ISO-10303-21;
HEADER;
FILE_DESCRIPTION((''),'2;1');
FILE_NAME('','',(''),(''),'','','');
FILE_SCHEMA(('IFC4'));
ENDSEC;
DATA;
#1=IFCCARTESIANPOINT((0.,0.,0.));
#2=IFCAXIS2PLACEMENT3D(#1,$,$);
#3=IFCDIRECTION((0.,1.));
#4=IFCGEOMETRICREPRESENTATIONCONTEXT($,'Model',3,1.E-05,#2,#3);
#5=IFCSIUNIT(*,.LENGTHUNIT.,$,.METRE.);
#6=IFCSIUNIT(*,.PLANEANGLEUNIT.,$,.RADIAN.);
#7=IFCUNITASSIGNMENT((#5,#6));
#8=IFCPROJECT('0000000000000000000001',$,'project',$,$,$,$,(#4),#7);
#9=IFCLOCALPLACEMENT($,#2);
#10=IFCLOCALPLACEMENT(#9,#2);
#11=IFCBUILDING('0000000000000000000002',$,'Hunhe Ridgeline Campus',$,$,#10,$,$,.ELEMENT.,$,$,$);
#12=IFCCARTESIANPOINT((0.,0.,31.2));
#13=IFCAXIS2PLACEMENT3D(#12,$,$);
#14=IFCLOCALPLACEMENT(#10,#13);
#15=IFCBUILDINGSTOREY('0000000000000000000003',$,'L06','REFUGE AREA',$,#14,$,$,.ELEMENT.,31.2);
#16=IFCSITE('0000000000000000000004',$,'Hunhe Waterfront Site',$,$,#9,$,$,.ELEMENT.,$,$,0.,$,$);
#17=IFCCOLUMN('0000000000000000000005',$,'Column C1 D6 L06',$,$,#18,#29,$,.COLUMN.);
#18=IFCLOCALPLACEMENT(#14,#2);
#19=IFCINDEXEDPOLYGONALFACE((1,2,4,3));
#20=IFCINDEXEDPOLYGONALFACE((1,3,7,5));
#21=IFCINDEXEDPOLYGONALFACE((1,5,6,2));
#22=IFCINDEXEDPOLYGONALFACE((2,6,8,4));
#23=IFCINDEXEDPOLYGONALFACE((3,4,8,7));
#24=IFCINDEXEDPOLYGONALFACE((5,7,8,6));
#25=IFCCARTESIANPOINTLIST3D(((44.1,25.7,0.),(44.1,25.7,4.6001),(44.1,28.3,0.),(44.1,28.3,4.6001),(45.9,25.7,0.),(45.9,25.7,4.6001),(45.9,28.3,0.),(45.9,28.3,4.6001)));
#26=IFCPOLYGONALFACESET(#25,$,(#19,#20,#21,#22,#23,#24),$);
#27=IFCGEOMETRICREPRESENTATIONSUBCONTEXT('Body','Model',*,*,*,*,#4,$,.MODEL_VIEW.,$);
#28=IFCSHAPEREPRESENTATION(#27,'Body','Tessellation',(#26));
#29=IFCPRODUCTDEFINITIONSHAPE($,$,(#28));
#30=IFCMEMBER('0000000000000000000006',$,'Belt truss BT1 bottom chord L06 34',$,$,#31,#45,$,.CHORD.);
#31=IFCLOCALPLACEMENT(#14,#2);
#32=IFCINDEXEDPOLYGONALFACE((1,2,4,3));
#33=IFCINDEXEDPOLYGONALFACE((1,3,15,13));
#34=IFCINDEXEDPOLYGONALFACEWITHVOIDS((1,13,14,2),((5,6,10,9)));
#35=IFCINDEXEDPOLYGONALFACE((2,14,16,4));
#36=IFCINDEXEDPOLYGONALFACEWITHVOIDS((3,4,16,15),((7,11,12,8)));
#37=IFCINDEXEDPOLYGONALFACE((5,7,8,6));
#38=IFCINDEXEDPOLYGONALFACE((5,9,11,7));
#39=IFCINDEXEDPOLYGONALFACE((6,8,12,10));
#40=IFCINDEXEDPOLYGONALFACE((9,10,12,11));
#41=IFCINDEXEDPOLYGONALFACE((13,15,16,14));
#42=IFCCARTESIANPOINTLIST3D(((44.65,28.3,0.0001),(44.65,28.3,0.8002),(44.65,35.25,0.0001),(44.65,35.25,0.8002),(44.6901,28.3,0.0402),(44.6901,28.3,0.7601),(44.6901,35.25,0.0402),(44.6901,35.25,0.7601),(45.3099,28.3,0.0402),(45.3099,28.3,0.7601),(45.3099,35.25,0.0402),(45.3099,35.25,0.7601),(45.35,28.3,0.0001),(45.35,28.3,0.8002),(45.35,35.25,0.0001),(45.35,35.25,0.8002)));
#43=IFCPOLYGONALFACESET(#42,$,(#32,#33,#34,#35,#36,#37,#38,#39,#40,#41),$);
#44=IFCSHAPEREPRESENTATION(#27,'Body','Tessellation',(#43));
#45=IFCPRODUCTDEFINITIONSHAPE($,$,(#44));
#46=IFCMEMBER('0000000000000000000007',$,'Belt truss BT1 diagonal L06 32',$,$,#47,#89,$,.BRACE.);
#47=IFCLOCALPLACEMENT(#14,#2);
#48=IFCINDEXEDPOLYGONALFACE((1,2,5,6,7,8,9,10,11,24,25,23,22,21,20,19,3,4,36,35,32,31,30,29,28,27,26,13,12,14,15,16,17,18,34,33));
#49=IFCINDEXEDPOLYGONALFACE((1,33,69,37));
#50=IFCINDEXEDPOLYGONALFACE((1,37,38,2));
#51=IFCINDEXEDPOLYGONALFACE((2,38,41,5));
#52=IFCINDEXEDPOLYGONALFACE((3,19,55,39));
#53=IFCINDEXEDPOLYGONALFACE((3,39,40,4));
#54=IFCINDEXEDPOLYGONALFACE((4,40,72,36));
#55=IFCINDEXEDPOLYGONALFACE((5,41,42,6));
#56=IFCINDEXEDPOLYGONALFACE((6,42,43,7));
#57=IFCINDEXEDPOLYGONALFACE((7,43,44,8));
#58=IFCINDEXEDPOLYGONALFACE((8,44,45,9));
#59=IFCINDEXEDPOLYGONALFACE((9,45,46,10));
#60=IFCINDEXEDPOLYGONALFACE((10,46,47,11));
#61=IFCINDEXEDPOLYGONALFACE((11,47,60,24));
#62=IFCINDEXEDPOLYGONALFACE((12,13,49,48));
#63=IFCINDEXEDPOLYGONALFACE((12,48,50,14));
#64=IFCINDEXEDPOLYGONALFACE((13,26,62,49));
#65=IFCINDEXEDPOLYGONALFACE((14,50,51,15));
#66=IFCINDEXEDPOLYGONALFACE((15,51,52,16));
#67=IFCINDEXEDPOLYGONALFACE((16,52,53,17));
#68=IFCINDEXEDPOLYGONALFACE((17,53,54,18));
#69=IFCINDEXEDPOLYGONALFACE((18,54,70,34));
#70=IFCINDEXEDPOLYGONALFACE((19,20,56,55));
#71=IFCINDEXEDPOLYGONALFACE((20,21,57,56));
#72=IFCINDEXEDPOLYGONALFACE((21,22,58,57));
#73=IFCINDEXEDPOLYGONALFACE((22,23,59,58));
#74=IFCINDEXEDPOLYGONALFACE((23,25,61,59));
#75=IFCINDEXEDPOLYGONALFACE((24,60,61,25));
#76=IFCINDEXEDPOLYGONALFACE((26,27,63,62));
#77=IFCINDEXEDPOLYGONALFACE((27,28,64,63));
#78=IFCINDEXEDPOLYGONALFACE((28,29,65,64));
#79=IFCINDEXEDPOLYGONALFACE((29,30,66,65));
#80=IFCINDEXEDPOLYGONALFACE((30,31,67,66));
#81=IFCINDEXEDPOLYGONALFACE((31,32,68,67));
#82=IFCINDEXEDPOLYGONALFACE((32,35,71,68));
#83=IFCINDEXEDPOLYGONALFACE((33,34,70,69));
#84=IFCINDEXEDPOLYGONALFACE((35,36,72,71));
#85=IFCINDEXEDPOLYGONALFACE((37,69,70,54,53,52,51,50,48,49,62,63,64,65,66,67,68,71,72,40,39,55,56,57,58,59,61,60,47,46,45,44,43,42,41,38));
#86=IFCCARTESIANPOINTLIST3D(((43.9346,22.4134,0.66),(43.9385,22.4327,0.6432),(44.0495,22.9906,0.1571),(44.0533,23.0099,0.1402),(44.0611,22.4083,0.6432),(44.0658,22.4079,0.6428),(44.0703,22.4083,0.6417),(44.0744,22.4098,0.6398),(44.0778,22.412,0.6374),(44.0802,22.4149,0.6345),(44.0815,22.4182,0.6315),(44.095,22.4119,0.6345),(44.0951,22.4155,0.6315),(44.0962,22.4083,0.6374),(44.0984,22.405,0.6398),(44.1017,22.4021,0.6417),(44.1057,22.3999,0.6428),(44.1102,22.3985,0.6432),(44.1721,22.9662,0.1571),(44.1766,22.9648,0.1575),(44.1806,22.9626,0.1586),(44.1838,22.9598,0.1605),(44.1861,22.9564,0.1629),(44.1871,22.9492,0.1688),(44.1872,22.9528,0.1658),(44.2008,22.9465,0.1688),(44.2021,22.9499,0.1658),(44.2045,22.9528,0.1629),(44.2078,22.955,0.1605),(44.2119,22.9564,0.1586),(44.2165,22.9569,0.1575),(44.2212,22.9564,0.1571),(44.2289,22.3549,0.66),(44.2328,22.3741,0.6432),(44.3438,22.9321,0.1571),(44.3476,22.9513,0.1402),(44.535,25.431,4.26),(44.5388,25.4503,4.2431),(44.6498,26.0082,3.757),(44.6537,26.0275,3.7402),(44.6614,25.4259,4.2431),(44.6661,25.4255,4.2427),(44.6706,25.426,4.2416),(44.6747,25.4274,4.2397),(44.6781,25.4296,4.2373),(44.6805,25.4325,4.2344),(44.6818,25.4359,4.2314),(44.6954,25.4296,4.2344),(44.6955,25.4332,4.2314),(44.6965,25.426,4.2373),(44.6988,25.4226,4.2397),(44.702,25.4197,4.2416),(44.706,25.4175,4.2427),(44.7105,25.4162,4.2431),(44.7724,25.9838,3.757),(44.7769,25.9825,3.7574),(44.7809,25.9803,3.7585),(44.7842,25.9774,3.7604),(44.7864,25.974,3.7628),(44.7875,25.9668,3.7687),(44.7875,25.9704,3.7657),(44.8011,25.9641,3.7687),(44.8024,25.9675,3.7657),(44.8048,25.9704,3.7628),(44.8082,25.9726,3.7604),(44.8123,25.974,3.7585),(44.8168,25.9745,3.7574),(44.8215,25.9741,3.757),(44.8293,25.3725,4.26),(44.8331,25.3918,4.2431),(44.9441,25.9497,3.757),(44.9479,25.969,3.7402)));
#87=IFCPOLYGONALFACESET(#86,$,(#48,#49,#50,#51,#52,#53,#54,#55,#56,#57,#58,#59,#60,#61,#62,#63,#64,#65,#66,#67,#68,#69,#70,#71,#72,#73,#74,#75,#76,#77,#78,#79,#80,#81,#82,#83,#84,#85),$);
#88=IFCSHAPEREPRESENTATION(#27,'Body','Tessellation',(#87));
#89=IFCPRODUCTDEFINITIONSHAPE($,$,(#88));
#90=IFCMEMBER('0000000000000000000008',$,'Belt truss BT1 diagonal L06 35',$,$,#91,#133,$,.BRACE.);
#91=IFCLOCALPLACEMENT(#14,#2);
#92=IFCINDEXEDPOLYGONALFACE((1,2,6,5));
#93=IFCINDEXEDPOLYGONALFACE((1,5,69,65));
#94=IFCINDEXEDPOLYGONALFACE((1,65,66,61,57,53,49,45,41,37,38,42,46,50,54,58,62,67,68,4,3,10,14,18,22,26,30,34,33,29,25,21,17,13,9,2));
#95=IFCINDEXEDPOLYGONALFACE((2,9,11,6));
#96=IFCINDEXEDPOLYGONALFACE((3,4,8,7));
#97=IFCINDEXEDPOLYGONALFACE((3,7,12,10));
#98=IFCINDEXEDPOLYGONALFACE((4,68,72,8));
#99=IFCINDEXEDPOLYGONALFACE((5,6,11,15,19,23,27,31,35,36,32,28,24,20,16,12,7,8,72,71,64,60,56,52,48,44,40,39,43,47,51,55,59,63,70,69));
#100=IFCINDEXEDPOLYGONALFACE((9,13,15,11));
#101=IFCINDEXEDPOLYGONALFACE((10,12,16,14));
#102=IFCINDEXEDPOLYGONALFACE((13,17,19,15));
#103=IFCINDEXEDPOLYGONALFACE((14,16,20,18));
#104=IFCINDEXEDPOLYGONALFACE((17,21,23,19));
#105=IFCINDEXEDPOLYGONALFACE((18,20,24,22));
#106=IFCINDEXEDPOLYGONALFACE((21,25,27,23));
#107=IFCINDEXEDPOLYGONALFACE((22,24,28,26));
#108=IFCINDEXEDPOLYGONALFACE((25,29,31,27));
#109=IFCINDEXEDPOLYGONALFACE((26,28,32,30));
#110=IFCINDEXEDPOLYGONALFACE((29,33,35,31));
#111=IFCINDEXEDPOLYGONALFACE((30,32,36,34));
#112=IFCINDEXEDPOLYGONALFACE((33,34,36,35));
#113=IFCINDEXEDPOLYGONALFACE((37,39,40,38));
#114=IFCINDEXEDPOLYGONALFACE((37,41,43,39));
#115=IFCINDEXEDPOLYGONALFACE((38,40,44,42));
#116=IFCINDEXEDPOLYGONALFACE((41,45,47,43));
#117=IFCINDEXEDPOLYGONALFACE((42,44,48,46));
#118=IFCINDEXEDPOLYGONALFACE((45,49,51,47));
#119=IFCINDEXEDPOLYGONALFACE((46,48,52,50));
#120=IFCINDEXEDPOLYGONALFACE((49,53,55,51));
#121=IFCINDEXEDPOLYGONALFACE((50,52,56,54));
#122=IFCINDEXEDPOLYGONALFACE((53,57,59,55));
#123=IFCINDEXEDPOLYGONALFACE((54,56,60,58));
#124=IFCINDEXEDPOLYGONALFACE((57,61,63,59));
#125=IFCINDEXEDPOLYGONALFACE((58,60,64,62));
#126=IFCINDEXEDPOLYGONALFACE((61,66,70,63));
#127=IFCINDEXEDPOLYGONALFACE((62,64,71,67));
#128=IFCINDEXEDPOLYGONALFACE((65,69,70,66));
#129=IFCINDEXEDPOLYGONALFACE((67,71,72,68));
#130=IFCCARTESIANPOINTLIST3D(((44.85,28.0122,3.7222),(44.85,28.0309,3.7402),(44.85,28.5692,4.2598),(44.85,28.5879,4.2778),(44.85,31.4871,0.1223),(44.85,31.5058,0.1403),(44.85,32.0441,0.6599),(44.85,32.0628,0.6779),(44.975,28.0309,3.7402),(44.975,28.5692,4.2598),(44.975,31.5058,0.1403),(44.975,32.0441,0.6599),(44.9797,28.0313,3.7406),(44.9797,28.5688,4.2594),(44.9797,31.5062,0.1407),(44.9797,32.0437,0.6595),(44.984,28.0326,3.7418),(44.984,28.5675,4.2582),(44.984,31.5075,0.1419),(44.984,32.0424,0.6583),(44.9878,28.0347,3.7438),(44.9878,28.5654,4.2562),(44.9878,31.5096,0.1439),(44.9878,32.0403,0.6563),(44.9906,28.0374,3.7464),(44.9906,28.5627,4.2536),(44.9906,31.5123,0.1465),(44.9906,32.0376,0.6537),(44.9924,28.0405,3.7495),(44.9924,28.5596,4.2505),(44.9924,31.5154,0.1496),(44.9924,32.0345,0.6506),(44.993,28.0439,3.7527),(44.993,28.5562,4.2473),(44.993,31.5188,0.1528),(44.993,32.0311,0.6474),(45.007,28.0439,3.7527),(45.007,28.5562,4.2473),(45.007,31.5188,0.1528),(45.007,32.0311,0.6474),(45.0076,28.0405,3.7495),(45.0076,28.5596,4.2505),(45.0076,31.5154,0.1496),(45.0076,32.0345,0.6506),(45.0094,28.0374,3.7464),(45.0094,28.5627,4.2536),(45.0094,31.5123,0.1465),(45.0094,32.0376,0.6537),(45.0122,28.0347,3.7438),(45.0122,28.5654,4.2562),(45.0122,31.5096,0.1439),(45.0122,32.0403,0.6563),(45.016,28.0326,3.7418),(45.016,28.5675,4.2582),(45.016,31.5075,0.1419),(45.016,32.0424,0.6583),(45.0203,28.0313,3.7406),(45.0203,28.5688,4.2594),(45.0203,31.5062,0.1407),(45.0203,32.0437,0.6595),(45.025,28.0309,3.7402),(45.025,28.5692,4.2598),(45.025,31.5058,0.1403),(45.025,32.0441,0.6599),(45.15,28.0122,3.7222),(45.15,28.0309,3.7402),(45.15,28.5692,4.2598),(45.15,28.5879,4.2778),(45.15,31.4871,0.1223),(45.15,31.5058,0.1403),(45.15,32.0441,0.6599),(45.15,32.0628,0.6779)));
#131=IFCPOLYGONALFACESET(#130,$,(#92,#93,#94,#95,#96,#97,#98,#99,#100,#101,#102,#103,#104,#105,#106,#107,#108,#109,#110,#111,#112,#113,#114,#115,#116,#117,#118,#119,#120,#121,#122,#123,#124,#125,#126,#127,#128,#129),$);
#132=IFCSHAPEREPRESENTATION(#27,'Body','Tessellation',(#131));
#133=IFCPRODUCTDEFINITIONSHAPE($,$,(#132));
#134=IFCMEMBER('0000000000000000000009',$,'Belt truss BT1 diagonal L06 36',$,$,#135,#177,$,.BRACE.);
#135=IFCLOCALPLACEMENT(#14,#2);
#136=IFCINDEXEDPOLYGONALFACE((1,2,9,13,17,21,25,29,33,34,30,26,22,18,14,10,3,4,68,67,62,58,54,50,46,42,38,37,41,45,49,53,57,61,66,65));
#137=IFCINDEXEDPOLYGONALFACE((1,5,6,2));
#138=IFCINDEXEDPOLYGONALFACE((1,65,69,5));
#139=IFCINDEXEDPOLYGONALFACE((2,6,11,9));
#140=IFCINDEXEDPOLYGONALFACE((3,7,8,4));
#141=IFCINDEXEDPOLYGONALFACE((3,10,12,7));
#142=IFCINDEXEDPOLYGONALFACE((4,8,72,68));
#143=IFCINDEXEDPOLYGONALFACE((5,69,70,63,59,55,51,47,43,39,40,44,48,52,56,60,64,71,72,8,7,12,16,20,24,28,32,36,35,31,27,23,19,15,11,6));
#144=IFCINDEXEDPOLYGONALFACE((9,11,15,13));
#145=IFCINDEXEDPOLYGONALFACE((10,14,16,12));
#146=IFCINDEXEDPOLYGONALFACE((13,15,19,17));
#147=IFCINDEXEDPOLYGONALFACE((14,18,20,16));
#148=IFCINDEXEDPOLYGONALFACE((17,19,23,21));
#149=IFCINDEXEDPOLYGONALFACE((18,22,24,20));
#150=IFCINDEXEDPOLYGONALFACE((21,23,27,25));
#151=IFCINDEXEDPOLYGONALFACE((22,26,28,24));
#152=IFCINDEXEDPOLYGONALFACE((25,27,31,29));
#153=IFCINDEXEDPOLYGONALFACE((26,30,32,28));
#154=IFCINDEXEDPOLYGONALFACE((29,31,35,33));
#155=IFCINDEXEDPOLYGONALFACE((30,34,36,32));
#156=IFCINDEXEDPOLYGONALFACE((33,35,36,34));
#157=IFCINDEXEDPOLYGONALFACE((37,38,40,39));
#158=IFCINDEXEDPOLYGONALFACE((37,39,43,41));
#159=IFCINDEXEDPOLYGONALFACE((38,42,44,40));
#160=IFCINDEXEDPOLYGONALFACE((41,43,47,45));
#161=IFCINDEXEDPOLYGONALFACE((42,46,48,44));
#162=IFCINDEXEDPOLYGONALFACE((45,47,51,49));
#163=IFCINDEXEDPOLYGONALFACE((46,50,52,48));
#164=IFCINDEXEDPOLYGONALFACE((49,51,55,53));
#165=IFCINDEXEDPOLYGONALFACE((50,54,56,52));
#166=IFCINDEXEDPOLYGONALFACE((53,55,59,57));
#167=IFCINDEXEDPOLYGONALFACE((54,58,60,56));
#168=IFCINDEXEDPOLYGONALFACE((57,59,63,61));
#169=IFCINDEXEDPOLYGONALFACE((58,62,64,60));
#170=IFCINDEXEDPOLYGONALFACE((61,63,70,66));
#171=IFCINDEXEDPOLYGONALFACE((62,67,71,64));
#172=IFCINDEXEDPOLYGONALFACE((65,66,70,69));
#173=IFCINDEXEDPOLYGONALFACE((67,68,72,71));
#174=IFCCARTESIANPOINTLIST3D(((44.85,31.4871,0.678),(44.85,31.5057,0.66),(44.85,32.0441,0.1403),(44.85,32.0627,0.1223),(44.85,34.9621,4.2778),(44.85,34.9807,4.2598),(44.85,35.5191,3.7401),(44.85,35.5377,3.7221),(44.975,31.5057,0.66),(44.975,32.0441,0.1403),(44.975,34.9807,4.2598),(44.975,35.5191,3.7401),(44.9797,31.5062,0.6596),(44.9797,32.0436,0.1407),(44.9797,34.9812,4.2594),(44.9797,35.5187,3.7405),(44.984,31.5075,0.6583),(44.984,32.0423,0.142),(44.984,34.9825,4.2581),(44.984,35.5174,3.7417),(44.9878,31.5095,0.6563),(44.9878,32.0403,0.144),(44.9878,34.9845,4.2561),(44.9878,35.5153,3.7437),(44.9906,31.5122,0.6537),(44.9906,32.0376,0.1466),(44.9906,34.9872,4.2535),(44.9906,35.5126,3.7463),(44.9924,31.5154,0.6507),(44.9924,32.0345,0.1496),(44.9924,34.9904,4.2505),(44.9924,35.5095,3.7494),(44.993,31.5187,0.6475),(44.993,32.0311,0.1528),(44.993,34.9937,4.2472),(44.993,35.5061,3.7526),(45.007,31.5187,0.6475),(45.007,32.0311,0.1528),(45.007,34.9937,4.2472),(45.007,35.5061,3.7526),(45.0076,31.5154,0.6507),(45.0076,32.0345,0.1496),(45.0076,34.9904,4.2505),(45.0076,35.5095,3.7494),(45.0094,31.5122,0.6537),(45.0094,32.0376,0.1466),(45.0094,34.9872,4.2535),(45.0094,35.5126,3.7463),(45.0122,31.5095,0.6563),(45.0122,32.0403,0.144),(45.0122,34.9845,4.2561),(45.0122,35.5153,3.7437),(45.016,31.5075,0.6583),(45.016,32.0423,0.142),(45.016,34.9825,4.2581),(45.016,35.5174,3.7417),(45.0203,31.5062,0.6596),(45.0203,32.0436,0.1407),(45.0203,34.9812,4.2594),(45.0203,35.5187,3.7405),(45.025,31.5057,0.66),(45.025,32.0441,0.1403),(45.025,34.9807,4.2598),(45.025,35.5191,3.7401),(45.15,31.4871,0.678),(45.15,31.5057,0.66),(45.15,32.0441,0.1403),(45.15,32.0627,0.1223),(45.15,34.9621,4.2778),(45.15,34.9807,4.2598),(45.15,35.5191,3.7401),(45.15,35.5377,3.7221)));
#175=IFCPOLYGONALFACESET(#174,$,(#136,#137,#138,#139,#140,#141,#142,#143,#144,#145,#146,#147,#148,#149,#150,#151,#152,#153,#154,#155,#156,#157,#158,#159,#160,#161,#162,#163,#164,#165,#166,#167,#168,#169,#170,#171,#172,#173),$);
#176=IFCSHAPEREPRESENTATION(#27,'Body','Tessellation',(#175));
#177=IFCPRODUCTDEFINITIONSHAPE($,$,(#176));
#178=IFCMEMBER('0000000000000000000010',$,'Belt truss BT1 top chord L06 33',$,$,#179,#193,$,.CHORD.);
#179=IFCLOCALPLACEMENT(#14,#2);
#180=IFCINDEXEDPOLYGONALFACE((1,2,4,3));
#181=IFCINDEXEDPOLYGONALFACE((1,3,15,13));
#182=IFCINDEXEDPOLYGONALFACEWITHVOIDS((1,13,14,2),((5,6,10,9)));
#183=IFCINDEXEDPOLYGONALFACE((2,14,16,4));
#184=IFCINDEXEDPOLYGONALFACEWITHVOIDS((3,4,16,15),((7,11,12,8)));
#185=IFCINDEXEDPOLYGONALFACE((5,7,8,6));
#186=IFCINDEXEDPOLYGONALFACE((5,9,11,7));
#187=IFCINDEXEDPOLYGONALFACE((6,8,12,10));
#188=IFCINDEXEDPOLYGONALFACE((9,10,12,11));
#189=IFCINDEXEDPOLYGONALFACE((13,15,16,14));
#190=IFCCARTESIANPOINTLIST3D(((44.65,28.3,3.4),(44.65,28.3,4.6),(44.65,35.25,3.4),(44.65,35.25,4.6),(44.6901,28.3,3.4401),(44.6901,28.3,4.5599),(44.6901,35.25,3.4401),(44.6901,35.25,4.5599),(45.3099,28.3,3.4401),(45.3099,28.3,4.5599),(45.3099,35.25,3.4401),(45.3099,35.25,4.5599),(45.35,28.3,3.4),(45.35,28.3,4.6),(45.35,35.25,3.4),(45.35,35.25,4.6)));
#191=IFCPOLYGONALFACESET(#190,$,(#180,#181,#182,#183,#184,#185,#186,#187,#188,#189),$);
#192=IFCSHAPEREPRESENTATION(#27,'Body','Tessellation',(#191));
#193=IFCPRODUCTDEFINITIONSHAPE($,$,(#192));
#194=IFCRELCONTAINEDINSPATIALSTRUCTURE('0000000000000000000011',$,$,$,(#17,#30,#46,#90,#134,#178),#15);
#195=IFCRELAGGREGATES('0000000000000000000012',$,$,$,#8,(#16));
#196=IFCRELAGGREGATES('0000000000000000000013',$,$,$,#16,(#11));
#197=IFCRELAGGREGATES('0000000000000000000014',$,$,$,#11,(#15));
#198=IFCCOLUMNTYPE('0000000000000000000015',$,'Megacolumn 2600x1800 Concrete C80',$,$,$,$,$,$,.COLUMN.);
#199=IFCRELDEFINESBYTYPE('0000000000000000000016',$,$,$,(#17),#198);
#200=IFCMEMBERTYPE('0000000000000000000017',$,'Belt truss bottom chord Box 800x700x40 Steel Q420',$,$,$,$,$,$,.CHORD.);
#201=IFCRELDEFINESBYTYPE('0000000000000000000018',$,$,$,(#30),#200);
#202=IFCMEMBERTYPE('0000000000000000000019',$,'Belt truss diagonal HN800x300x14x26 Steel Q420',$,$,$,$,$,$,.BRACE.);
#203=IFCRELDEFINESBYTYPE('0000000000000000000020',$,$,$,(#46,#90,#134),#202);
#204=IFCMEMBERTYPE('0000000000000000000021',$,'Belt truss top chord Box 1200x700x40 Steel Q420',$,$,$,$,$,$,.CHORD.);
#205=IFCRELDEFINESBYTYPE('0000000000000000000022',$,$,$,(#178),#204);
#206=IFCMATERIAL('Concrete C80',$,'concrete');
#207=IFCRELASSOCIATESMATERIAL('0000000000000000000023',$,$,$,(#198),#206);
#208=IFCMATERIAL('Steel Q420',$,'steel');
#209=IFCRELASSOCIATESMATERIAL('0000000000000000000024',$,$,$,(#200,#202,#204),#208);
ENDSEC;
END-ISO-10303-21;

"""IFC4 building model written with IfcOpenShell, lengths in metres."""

from ifc_helpers import new_model, si_unit, direction, frame, origin, origin_2d, place, context, subcontext, project, spatial, rectangle, hollow_rectangle, i_section, extrude, material, material_profile, profile_set, type_object, element, save


model = new_model("IFC4")

# Units and contexts
model_context = context("Model", 3, precision=1e-05, world=origin(), true_north=direction((0.0, 1.0)))
body_context = subcontext(model_context, "Body", "Model", "MODEL_VIEW")
ifc_project = project(units=[si_unit("LENGTHUNIT", "METRE"), si_unit("PLANEANGLEUNIT", "RADIAN")], contexts=[model_context])

# Site, building, storey
site_placement = place(None, origin())
site = spatial("IfcSite", under=ifc_project, at=site_placement, Name="Hunhe Waterfront Site", CompositionType="ELEMENT", RefElevation=0.0)
building_placement = place(site_placement, origin())
building = spatial("IfcBuilding", under=site, at=building_placement, Name="Hunhe Ridgeline Campus", CompositionType="ELEMENT")
storey_placement = place(building_placement, frame((0.0, 0.0, 31.2)))
storey = spatial("IfcBuildingStorey", under=building, at=storey_placement, Name="L06", Description="REFUGE AREA", CompositionType="ELEMENT", Elevation=31.2)

# Column
ifc_material_1 = material(Name="Concrete C80", Category="concrete")
ifc_material_profile_1 = material_profile(ifc_material_1, rectangle(XDim=2.6001, YDim=1.8, at=origin_2d()))
ifc_profile_set_1 = profile_set([ifc_material_profile_1], Name="Concrete C80")
column_type = type_object("IfcColumnType", Name="Megacolumn 2600x1800 Concrete C80", PredefinedType="COLUMN", material=ifc_profile_set_1)
column_placement = place(storey_placement, frame((45.0, 27.0, 0.0), z_axis=(0.0, 0.0, 1.0), x_axis=(0.0, 1.0, 0.0)))
element("IfcColumn", 1, at=column_placement, inside=storey, type_object=column_type, Name="Column C1 D6 L06", PredefinedType="COLUMN", context=body_context, shape_type="SweptSolid", body=[
    extrude(rectangle(XDim=2.6001, YDim=1.8, at=origin_2d()), origin(), (0.0, 0.0, 1.0), 4.6001),
])

# Members
ifc_material_2 = material(Name="Steel Q420", Category="steel")
ifc_material_profile_2 = material_profile(ifc_material_2, hollow_rectangle(XDim=0.7, YDim=0.8, WallThickness=0.04, at=origin_2d()))
ifc_profile_set_2 = profile_set([ifc_material_profile_2], Name="Steel Q420")
member_type_1 = type_object("IfcMemberType", Name="Belt truss bottom chord Box 800x700x40 Steel Q420", PredefinedType="CHORD", material=ifc_profile_set_2)
member_1_placement = place(storey_placement, frame((45.0, 28.3, 0.4001), z_axis=(0.0, 1.0, 0.0), x_axis=(-1.0, 0.0, 0.0)))
element("IfcMember", 2, at=member_1_placement, inside=storey, type_object=member_type_1, Name="Belt truss BT1 bottom chord L06 34", PredefinedType="CHORD", context=body_context, shape_type="SweptSolid", body=[
    extrude(hollow_rectangle(XDim=0.7, YDim=0.8, WallThickness=0.04, at=origin_2d()), origin(), (0.0, 0.0, 1.0), 6.95),
])
ifc_material_profile_3 = material_profile(ifc_material_2, i_section(OverallWidth=0.3, OverallDepth=0.8, WebThickness=0.0139, FlangeThickness=0.0259, FilletRadius=0.0181, at=origin_2d()))
ifc_profile_set_3 = profile_set([ifc_material_profile_3], Name="Steel Q420")
member_type_2 = type_object("IfcMemberType", Name="Belt truss diagonal HN800x300x14x26 Steel Q420", PredefinedType="BRACE", material=ifc_profile_set_3)
member_2_placement = place(storey_placement, frame((44.1411, 22.6824, 0.4001), z_axis=(0.126774, 0.637222, 0.760182), x_axis=(-0.980779, 0.195124, 0.0)))
element("IfcMember", 3, at=member_2_placement, inside=storey, type_object=member_type_2, Name="Belt truss BT1 diagonal L06 32", PredefinedType="BRACE", context=body_context, shape_type="SweptSolid", body=[
    extrude(i_section(OverallWidth=0.3, OverallDepth=0.8, WebThickness=0.0139, FlangeThickness=0.0259, FilletRadius=0.0181, at=origin_2d()), origin(), (0.0, 0.0, 1.0), 4.7356),
])
for number, where, z_axis, x_axis, name in (
    (4, (45.0, 28.3, 4.0), (0.0, 0.694505, -0.719488), (-1.0, 0.0, 0.0), "Belt truss BT1 diagonal L06 35"),
    (5, (45.0, 31.7749, 0.4001), (0.0, 0.69453, 0.719464), (-1.0, 0.0, 0.0), "Belt truss BT1 diagonal L06 36"),
):
    element("IfcMember", number, at=place(storey_placement, frame(where, z_axis=z_axis, x_axis=x_axis)), inside=storey, type_object=member_type_2, Name=name, PredefinedType="BRACE", context=body_context, shape_type="SweptSolid", body=[
        extrude(i_section(OverallWidth=0.3, OverallDepth=0.8, WebThickness=0.0139, FlangeThickness=0.0259, FilletRadius=0.0181, at=origin_2d()), origin(), (0.0, 0.0, 1.0), 5.0034),
    ])
ifc_material_profile_4 = material_profile(ifc_material_2, hollow_rectangle(XDim=0.7, YDim=1.2, WallThickness=0.04, at=origin_2d()))
ifc_profile_set_4 = profile_set([ifc_material_profile_4], Name="Steel Q420")
member_type_3 = type_object("IfcMemberType", Name="Belt truss top chord Box 1200x700x40 Steel Q420", PredefinedType="CHORD", material=ifc_profile_set_4)
member_3_placement = place(storey_placement, frame((45.0, 28.3, 4.0), z_axis=(0.0, 1.0, 0.0), x_axis=(-1.0, 0.0, 0.0)))
element("IfcMember", 6, at=member_3_placement, inside=storey, type_object=member_type_3, Name="Belt truss BT1 top chord L06 33", PredefinedType="CHORD", context=body_context, shape_type="SweptSolid", body=[
    extrude(hollow_rectangle(XDim=0.7, YDim=1.2, WallThickness=0.04, at=origin_2d()), origin(), (0.0, 0.0, 1.0), 6.95),
])

save(model, "model.ifc")
